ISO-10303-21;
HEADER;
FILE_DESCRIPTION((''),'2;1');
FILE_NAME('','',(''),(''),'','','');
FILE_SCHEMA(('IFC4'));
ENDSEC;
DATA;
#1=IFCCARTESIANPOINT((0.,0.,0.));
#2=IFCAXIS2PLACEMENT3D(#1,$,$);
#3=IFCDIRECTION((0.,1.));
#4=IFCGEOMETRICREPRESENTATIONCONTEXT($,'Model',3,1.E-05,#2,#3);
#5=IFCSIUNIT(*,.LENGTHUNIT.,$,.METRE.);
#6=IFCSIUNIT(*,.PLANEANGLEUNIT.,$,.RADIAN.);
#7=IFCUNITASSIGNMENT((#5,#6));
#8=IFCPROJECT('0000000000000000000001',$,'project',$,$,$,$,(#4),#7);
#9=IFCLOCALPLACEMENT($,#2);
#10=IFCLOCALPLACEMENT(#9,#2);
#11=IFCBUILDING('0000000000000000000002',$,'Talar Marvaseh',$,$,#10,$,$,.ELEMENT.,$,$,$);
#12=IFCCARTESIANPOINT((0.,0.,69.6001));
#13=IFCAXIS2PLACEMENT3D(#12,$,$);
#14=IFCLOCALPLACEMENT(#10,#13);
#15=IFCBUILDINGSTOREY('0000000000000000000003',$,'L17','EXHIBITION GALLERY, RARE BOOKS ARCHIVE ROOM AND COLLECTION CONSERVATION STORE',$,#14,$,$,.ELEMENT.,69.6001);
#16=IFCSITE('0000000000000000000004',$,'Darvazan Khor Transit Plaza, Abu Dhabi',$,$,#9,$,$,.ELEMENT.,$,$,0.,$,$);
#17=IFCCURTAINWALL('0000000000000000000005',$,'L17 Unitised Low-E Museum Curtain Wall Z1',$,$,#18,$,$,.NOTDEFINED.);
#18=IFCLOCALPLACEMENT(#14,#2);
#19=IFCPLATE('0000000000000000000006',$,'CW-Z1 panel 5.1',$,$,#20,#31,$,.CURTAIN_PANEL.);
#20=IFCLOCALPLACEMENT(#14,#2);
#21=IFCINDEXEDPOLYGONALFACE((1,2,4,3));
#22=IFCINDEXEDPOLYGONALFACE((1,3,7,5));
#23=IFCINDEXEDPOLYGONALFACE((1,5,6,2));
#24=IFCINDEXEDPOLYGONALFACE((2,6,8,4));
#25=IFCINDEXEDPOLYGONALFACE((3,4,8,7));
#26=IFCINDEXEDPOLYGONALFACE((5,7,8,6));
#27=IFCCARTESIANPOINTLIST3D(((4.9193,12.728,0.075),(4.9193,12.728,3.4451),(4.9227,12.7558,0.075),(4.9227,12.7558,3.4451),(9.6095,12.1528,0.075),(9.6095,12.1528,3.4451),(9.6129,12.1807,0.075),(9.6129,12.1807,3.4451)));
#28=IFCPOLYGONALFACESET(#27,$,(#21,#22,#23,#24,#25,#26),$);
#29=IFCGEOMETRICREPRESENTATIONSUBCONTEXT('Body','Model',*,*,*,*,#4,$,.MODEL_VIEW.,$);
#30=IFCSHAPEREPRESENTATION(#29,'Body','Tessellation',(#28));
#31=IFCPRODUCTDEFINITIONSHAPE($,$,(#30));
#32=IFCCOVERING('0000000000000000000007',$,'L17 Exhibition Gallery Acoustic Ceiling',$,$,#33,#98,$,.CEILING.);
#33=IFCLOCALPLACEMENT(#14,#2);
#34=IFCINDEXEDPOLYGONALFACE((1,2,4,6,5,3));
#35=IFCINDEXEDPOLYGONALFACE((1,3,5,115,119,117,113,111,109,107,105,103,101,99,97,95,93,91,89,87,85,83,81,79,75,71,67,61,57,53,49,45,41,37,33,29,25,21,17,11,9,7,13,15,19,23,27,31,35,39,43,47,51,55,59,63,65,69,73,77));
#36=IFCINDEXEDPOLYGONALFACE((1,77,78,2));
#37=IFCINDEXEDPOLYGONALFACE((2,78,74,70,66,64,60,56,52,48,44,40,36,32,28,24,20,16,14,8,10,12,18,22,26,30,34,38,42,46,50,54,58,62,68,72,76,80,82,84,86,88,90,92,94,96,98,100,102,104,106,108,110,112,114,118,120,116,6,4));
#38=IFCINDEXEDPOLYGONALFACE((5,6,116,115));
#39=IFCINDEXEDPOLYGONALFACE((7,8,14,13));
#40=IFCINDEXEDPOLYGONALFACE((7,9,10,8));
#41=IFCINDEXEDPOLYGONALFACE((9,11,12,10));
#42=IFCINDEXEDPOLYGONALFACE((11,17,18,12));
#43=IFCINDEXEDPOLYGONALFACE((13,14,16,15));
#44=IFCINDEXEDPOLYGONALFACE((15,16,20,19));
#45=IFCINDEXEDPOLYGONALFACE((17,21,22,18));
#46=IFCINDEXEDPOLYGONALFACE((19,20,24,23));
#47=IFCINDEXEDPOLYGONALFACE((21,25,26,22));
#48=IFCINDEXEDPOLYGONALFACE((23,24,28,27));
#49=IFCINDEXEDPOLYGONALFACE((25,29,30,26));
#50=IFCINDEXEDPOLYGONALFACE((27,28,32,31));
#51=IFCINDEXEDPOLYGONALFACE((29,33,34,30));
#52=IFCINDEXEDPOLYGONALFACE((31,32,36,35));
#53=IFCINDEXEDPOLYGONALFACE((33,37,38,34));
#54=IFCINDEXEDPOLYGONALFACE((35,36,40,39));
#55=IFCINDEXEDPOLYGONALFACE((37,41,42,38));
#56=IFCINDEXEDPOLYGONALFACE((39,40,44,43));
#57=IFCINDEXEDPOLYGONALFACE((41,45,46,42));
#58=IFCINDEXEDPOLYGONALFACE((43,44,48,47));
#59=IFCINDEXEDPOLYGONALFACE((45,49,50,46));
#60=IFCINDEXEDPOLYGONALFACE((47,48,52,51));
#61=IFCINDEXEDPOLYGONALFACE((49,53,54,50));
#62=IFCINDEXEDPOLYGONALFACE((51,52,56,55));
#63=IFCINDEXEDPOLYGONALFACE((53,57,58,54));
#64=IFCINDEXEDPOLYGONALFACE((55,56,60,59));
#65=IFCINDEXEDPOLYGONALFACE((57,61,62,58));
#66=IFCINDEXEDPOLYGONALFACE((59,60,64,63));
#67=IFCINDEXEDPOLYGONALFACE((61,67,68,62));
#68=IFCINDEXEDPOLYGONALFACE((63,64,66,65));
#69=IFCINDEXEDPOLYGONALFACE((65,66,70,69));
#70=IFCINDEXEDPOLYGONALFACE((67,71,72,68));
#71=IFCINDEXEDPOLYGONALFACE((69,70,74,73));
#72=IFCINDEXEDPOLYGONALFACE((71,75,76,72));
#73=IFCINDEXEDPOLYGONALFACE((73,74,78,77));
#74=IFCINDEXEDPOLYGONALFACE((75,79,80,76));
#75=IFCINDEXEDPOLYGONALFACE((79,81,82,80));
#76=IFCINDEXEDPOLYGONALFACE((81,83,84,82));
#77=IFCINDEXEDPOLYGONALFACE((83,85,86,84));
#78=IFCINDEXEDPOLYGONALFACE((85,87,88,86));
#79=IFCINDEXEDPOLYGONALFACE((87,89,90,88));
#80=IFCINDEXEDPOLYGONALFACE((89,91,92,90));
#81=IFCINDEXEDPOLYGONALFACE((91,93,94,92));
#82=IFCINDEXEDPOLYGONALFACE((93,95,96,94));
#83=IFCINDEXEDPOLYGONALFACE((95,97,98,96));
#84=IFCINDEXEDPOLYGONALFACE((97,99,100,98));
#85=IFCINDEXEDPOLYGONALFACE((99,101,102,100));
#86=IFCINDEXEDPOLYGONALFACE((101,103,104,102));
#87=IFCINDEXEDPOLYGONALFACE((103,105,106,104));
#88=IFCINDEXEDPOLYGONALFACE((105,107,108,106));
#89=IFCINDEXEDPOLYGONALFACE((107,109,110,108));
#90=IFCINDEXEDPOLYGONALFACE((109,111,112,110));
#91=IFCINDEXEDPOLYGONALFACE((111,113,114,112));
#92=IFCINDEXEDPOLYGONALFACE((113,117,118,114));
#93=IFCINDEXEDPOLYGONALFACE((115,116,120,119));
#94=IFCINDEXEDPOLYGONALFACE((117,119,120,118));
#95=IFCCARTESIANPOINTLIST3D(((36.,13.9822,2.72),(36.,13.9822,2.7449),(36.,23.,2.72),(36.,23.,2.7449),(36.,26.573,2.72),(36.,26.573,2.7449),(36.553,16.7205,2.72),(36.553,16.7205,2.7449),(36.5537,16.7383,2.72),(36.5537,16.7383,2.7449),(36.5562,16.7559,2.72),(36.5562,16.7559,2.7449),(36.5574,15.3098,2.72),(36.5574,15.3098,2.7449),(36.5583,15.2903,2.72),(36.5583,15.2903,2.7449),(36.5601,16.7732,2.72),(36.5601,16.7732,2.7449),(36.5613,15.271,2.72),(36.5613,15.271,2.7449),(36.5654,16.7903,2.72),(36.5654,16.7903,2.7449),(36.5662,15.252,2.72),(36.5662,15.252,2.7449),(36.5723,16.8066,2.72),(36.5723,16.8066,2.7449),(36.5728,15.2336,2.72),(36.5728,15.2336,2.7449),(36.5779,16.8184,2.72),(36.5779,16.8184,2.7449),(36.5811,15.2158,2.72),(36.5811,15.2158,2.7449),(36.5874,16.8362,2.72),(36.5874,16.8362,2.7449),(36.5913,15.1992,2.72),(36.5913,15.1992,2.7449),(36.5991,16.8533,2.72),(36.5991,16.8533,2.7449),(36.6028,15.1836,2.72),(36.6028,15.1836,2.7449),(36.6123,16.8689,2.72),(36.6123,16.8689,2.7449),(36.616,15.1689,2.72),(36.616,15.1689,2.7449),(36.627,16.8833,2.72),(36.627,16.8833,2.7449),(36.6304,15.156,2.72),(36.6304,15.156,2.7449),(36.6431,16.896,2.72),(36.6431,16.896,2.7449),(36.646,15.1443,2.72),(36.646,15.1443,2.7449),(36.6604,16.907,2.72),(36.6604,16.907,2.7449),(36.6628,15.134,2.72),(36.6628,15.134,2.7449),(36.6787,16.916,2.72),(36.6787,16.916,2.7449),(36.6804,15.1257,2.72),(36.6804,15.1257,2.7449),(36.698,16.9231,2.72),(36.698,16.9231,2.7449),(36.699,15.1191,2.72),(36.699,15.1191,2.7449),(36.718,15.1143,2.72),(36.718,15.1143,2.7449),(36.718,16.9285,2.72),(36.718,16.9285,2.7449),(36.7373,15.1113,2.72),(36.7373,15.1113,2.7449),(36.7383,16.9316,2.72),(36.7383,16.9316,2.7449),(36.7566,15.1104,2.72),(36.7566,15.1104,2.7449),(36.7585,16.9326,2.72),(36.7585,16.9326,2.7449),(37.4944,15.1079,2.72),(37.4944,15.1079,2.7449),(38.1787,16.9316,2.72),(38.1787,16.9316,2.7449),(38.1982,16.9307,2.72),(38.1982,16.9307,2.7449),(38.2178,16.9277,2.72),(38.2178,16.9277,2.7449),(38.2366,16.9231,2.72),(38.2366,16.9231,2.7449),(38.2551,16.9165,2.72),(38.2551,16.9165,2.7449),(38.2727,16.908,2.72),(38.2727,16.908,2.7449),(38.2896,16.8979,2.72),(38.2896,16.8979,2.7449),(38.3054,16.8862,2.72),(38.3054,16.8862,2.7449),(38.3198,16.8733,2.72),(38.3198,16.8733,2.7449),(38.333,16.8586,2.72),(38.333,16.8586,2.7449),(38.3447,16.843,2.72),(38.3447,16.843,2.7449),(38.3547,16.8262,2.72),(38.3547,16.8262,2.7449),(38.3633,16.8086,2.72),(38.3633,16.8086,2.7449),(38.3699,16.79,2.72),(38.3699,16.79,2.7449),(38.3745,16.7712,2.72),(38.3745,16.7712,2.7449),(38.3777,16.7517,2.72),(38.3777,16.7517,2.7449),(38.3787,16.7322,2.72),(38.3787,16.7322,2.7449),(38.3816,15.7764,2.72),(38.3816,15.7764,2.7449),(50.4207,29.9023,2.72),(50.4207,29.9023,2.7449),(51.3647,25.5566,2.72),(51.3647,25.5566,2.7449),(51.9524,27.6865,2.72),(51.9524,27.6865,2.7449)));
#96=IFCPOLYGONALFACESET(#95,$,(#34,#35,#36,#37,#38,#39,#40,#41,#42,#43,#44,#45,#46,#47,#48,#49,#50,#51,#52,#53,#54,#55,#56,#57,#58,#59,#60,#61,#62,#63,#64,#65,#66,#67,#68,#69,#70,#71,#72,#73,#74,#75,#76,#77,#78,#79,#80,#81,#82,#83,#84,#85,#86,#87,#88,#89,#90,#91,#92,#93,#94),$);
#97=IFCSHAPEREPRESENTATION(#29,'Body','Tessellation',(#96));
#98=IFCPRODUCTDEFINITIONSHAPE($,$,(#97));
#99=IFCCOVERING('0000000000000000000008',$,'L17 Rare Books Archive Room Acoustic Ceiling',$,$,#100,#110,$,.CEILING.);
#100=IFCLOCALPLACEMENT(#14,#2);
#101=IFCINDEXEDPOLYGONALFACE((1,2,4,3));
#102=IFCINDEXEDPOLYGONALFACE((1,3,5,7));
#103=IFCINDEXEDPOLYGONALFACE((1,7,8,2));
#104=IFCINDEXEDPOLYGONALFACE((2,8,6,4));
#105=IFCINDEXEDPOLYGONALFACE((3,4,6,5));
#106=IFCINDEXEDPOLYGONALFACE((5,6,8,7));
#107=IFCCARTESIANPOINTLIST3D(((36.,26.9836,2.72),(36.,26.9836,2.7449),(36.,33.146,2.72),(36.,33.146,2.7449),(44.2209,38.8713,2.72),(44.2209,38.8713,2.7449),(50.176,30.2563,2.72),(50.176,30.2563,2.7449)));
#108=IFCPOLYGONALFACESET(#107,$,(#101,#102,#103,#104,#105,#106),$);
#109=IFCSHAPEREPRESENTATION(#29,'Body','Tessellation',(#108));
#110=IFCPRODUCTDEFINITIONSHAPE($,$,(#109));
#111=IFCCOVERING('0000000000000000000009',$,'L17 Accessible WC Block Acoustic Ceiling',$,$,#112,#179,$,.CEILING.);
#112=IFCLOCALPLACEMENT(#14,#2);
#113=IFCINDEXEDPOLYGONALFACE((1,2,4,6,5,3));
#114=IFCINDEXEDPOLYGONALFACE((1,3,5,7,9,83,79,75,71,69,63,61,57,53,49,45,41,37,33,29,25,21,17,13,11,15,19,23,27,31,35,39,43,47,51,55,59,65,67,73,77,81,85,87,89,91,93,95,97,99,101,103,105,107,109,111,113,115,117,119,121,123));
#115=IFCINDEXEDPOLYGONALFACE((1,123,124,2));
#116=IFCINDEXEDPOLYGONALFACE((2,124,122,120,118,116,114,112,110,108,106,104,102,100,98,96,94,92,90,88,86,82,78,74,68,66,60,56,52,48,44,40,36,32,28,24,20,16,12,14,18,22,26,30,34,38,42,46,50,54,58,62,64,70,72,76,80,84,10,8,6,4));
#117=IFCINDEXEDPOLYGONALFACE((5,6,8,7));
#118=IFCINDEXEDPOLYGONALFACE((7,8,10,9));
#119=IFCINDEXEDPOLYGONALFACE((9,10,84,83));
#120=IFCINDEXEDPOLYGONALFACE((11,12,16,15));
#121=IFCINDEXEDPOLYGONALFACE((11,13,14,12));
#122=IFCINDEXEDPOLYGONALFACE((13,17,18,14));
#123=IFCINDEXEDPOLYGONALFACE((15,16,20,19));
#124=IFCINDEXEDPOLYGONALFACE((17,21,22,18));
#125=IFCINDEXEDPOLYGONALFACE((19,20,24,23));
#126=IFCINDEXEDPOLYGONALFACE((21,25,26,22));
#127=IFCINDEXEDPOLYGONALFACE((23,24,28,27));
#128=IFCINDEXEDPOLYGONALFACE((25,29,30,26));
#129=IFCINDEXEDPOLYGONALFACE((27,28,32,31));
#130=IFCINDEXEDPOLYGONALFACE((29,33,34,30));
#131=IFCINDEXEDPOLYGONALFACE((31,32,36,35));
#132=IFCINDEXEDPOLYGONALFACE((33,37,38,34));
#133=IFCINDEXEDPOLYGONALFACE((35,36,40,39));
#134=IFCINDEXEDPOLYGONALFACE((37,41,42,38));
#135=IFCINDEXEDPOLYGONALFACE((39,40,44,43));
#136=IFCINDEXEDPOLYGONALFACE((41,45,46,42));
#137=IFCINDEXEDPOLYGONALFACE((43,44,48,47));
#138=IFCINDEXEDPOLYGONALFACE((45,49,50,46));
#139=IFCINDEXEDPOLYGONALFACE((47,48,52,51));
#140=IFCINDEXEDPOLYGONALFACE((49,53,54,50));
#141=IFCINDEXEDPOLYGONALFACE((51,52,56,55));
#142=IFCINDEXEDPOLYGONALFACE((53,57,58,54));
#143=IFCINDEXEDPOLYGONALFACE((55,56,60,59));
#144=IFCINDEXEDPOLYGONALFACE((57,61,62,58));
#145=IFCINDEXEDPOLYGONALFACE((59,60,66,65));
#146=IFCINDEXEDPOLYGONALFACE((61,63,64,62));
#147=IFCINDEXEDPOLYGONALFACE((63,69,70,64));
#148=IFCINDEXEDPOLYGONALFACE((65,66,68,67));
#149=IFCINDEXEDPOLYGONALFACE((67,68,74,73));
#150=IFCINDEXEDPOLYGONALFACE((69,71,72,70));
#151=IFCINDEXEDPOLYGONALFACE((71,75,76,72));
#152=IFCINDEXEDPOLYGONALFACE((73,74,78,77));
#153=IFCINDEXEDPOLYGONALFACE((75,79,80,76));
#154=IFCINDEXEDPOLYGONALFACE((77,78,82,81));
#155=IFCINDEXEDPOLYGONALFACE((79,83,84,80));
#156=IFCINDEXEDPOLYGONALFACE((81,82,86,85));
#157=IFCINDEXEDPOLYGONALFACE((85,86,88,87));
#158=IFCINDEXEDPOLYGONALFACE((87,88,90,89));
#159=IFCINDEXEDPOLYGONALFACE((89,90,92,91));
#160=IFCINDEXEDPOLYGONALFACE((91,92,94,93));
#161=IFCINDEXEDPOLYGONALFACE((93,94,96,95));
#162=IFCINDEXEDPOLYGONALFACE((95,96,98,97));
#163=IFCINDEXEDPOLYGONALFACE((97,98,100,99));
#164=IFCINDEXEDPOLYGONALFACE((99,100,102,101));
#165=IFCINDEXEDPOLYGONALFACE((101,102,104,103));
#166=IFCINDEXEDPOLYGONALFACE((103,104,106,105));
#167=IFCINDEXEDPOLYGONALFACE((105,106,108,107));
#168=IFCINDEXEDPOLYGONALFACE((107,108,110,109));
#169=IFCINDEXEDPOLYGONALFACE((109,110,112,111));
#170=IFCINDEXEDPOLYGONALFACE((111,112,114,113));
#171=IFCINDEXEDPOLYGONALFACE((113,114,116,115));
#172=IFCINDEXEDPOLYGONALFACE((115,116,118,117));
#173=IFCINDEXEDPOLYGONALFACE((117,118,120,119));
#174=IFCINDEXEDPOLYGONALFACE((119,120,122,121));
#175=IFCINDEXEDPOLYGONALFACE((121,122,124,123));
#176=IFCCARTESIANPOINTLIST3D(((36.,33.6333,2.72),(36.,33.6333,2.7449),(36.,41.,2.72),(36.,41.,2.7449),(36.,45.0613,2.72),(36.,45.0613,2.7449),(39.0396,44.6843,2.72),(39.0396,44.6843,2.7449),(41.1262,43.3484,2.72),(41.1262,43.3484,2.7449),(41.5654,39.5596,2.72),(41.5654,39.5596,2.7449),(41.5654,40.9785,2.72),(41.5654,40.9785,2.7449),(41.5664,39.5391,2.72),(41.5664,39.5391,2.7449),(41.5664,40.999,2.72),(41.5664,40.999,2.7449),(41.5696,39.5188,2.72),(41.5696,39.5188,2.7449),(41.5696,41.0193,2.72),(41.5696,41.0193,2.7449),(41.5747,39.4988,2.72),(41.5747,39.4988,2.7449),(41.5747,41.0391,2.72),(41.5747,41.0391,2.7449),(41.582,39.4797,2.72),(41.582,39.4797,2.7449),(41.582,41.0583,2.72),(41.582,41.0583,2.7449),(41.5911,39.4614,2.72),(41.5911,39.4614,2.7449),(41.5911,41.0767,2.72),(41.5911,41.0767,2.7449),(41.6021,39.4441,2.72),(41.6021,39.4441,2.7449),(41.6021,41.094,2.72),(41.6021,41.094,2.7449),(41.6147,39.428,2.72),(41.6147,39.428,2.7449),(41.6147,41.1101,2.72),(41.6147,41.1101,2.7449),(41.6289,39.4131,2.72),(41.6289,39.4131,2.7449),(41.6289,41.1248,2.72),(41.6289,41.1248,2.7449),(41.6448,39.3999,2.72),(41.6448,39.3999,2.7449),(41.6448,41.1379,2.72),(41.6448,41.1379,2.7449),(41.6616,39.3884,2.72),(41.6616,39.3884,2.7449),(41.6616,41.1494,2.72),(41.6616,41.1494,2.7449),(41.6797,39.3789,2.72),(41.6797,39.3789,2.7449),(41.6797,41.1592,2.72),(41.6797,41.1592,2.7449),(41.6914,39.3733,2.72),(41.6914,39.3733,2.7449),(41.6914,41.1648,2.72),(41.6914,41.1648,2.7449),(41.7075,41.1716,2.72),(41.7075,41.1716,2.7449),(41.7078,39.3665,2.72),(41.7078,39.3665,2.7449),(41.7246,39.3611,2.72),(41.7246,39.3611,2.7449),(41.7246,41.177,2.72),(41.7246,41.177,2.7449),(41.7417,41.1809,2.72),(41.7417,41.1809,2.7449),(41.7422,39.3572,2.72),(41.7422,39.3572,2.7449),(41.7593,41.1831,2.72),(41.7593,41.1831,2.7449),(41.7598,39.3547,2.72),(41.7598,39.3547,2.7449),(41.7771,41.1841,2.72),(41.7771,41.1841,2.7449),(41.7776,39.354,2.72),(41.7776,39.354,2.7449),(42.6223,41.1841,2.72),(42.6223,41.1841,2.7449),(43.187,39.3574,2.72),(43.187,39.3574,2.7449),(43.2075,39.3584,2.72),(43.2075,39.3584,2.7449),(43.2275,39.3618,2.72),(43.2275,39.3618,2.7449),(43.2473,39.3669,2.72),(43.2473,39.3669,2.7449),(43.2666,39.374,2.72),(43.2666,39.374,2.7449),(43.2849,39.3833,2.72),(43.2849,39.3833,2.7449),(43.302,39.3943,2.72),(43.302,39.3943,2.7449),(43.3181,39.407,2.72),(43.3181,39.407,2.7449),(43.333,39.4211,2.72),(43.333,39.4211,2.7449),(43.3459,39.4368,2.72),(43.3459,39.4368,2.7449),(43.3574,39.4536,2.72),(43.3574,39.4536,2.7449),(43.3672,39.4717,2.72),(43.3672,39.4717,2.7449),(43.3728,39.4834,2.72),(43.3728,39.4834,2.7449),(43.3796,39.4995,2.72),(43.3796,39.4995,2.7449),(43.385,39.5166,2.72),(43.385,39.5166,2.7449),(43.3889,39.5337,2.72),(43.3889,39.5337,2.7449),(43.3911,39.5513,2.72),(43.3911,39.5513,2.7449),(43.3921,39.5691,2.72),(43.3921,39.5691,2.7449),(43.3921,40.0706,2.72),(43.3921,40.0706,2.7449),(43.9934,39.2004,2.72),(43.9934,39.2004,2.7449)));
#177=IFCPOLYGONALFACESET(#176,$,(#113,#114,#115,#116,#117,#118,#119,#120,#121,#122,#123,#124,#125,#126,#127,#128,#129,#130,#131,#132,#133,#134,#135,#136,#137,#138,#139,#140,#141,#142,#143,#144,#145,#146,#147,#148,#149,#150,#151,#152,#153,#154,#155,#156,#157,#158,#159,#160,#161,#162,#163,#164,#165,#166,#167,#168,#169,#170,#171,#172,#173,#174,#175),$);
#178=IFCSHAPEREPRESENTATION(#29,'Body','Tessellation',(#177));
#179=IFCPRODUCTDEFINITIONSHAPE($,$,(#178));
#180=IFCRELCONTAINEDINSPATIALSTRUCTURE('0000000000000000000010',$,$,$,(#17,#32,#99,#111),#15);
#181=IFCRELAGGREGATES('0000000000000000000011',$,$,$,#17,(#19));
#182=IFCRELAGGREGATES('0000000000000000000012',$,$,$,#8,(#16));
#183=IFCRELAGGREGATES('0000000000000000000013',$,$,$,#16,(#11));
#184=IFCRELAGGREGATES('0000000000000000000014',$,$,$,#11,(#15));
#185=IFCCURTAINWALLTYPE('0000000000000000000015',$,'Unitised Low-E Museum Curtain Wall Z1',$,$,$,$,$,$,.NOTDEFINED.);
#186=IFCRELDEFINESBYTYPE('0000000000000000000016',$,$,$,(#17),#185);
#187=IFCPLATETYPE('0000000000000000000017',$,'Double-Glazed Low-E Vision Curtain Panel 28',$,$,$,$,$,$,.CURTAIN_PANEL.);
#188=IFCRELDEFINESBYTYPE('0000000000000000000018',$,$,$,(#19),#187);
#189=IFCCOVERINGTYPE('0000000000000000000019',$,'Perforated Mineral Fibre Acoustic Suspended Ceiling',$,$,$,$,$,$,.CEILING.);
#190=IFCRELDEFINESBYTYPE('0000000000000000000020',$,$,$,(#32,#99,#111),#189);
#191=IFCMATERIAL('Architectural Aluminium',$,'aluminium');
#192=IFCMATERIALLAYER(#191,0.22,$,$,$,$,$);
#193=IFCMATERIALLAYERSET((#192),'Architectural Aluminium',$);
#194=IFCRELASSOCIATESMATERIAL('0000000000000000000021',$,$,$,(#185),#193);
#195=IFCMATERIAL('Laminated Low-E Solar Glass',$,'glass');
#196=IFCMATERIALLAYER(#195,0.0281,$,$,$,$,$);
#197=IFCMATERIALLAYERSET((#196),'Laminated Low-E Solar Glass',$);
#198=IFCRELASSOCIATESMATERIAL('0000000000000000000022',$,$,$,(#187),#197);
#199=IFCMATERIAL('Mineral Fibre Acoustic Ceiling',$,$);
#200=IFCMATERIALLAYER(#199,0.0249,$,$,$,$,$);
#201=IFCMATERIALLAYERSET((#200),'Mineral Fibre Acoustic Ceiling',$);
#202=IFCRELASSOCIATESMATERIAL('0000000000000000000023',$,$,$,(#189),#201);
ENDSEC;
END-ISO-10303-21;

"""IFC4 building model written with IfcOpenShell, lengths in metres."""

from ifc_helpers import new_model, si_unit, direction, frame, origin, origin_2d, place, context, subcontext, project, spatial, polyline, rectangle, outline, extrude, source, transform, mapped, material, layer, layer_set, type_object, type_shapes, element, aggregate, save


model = new_model("IFC4")

# Units and contexts
model_context = context("Model", 3, precision=1e-05, world=origin(), true_north=direction((0.0, 1.0)))
body_context = subcontext(model_context, "Body", "Model", "MODEL_VIEW")
ifc_project = project(units=[si_unit("LENGTHUNIT", "METRE"), si_unit("PLANEANGLEUNIT", "RADIAN")], contexts=[model_context])

# Site, building, storey
site_placement = place(None, origin())
site = spatial("IfcSite", under=ifc_project, at=site_placement, Name="Darvazan Khor Transit Plaza, Abu Dhabi", CompositionType="ELEMENT", RefElevation=0.0)
building_placement = place(site_placement, origin())
building = spatial("IfcBuilding", under=site, at=building_placement, Name="Talar Marvaseh", CompositionType="ELEMENT")
storey_placement = place(building_placement, frame((0.0, 0.0, 69.6001)))
storey = spatial("IfcBuildingStorey", under=building, at=storey_placement, Name="L17", Description="EXHIBITION GALLERY, RARE BOOKS ARCHIVE ROOM AND COLLECTION CONSERVATION STORE", CompositionType="ELEMENT", Elevation=69.6001)

# Curtain wall
ifc_material_1 = material(Name="Architectural Aluminium", Category="aluminium")
ifc_layer_1 = layer(ifc_material_1, 0.22)
ifc_layer_set_1 = layer_set([ifc_layer_1], Name="Architectural Aluminium")
curtain_wall_type = type_object("IfcCurtainWallType", Name="Unitised Low-E Museum Curtain Wall Z1", PredefinedType="NOTDEFINED", material=ifc_layer_set_1)
curtain_wall_placement = place(storey_placement, origin())
curtain_wall = element("IfcCurtainWall", 1, at=curtain_wall_placement, inside=storey, type_object=curtain_wall_type, Name="L17 Unitised Low-E Museum Curtain Wall Z1", PredefinedType="NOTDEFINED")

# Plate
ifc_material_2 = material(Name="Laminated Low-E Solar Glass", Category="glass")
ifc_layer_2 = layer(ifc_material_2, 0.0281)
ifc_layer_set_2 = layer_set([ifc_layer_2], Name="Laminated Low-E Solar Glass")
plate_type = type_object("IfcPlateType", Name="Double-Glazed Low-E Vision Curtain Panel 28", PredefinedType="CURTAIN_PANEL", material=ifc_layer_set_2)
shared_shape_1 = source(origin(), body_context, "Body", "SweptSolid", [
    extrude(rectangle(XDim=4.7253, YDim=0.0281, at=origin_2d()), origin(), (0.0, 0.0, 1.0), 3.3701),
])
type_shapes(plate_type, [shared_shape_1])
plate_placement = place(storey_placement, frame((7.2661, 12.4543, 0.075), z_axis=(0.0, 0.0, 1.0), x_axis=(-0.992565, 0.121713, 0.0)))
plate = element("IfcPlate", 2, at=plate_placement, type_object=plate_type, Name="CW-Z1 panel 5.1", PredefinedType="CURTAIN_PANEL", context=body_context, shape_type="MappedRepresentation", body=[
    mapped(shared_shape_1, transform((0.0, 0.0, 0.0), x_axis=(1.0, 0.0, 0.0), y_axis=(0.0, 1.0, 0.0), z_axis=(0.0, 0.0, 1.0), scale=1.0)),
])
aggregate(curtain_wall, [plate])

# Coverings
ifc_material_3 = material(Name="Mineral Fibre Acoustic Ceiling")
ifc_layer_3 = layer(ifc_material_3, 0.0249)
ifc_layer_set_3 = layer_set([ifc_layer_3], Name="Mineral Fibre Acoustic Ceiling")
covering_type_1 = type_object("IfcCoveringType", Name="Perforated Mineral Fibre Acoustic Suspended Ceiling", PredefinedType="CEILING", material=ifc_layer_set_3)
covering_1_placement = place(storey_placement, frame((0.0, 0.0, 2.72)))
element("IfcCovering", 3, at=covering_1_placement, inside=storey, type_object=covering_type_1, Name="L17 Exhibition Gallery Acoustic Ceiling", PredefinedType="CEILING", context=body_context, shape_type="SweptSolid", body=[
    extrude(outline(polyline([(50.4207, 29.9023), (51.9524, 27.6865), (51.3647, 25.5566), (38.3816, 15.7764), (38.3787, 16.7322), (38.3777, 16.7517), (38.3745, 16.7712), (38.3699, 16.79), (38.3633, 16.8086), (38.3547, 16.8262), (38.3447, 16.843), (38.333, 16.8586), (38.3198, 16.8733), (38.3054, 16.8862), (38.2896, 16.8979), (38.2727, 16.908), (38.2551, 16.9165), (38.2366, 16.9231), (38.2178, 16.9277), (38.1982, 16.9307), (38.1787, 16.9316), (36.7585, 16.9326), (36.7383, 16.9316), (36.718, 16.9285), (36.698, 16.9231), (36.6787, 16.916), (36.6604, 16.907), (36.6431, 16.896), (36.627, 16.8833), (36.6123, 16.8689), (36.5991, 16.8533), (36.5874, 16.8362), (36.5779, 16.8184), (36.5723, 16.8066), (36.5654, 16.7903), (36.5601, 16.7732), (36.5562, 16.7559), (36.5537, 16.7383), (36.553, 16.7205), (36.5574, 15.3098), (36.5583, 15.2903), (36.5613, 15.271), (36.5662, 15.252), (36.5728, 15.2336), (36.5811, 15.2158), (36.5913, 15.1992), (36.6028, 15.1836), (36.616, 15.1689), (36.6304, 15.156), (36.646, 15.1443), (36.6628, 15.134), (36.6804, 15.1257), (36.699, 15.1191), (36.718, 15.1143), (36.7373, 15.1113), (36.7566, 15.1104), (37.4944, 15.1079), (36.0, 13.9822), (36.0, 23.0), (36.0, 26.573), (50.4207, 29.9023)])), origin(), (0.0, 0.0, 1.0), 0.0249),
])
covering_2_placement = place(storey_placement, frame((0.0, 0.0, 2.72)))
element("IfcCovering", 4, at=covering_2_placement, inside=storey, type_object=covering_type_1, Name="L17 Rare Books Archive Room Acoustic Ceiling", PredefinedType="CEILING", context=body_context, shape_type="SweptSolid", body=[
    extrude(outline(polyline([(44.2209, 38.8713), (50.176, 30.2563), (36.0, 26.9836), (36.0, 33.146), (44.2209, 38.8713)])), origin(), (0.0, 0.0, 1.0), 0.0249),
])
covering_3_placement = place(storey_placement, frame((0.0, 0.0, 2.72)))
element("IfcCovering", 5, at=covering_3_placement, inside=storey, type_object=covering_type_1, Name="L17 Accessible WC Block Acoustic Ceiling", PredefinedType="CEILING", context=body_context, shape_type="SweptSolid", body=[
    extrude(outline(polyline([(41.1262, 43.3484), (42.6223, 41.1841), (41.7771, 41.1841), (41.7593, 41.1831), (41.7417, 41.1809), (41.7246, 41.177), (41.7075, 41.1716), (41.6914, 41.1648), (41.6797, 41.1592), (41.6616, 41.1494), (41.6448, 41.1379), (41.6289, 41.1248), (41.6147, 41.1101), (41.6021, 41.094), (41.5911, 41.0767), (41.582, 41.0583), (41.5747, 41.0391), (41.5696, 41.0193), (41.5664, 40.999), (41.5654, 40.9785), (41.5654, 39.5596), (41.5664, 39.5391), (41.5696, 39.5188), (41.5747, 39.4988), (41.582, 39.4797), (41.5911, 39.4614), (41.6021, 39.4441), (41.6147, 39.428), (41.6289, 39.4131), (41.6448, 39.3999), (41.6616, 39.3884), (41.6797, 39.3789), (41.6914, 39.3733), (41.7078, 39.3665), (41.7246, 39.3611), (41.7422, 39.3572), (41.7598, 39.3547), (41.7776, 39.354), (43.187, 39.3574), (43.2075, 39.3584), (43.2275, 39.3618), (43.2473, 39.3669), (43.2666, 39.374), (43.2849, 39.3833), (43.302, 39.3943), (43.3181, 39.407), (43.333, 39.4211), (43.3459, 39.4368), (43.3574, 39.4536), (43.3672, 39.4717), (43.3728, 39.4834), (43.3796, 39.4995), (43.385, 39.5166), (43.3889, 39.5337), (43.3911, 39.5513), (43.3921, 39.5691), (43.3921, 40.0706), (43.9934, 39.2004), (36.0, 33.6333), (36.0, 41.0), (36.0, 45.0613), (39.0396, 44.6843), (41.1262, 43.3484)])), origin(), (0.0, 0.0, 1.0), 0.0249),
])

save(model, "model.ifc")
